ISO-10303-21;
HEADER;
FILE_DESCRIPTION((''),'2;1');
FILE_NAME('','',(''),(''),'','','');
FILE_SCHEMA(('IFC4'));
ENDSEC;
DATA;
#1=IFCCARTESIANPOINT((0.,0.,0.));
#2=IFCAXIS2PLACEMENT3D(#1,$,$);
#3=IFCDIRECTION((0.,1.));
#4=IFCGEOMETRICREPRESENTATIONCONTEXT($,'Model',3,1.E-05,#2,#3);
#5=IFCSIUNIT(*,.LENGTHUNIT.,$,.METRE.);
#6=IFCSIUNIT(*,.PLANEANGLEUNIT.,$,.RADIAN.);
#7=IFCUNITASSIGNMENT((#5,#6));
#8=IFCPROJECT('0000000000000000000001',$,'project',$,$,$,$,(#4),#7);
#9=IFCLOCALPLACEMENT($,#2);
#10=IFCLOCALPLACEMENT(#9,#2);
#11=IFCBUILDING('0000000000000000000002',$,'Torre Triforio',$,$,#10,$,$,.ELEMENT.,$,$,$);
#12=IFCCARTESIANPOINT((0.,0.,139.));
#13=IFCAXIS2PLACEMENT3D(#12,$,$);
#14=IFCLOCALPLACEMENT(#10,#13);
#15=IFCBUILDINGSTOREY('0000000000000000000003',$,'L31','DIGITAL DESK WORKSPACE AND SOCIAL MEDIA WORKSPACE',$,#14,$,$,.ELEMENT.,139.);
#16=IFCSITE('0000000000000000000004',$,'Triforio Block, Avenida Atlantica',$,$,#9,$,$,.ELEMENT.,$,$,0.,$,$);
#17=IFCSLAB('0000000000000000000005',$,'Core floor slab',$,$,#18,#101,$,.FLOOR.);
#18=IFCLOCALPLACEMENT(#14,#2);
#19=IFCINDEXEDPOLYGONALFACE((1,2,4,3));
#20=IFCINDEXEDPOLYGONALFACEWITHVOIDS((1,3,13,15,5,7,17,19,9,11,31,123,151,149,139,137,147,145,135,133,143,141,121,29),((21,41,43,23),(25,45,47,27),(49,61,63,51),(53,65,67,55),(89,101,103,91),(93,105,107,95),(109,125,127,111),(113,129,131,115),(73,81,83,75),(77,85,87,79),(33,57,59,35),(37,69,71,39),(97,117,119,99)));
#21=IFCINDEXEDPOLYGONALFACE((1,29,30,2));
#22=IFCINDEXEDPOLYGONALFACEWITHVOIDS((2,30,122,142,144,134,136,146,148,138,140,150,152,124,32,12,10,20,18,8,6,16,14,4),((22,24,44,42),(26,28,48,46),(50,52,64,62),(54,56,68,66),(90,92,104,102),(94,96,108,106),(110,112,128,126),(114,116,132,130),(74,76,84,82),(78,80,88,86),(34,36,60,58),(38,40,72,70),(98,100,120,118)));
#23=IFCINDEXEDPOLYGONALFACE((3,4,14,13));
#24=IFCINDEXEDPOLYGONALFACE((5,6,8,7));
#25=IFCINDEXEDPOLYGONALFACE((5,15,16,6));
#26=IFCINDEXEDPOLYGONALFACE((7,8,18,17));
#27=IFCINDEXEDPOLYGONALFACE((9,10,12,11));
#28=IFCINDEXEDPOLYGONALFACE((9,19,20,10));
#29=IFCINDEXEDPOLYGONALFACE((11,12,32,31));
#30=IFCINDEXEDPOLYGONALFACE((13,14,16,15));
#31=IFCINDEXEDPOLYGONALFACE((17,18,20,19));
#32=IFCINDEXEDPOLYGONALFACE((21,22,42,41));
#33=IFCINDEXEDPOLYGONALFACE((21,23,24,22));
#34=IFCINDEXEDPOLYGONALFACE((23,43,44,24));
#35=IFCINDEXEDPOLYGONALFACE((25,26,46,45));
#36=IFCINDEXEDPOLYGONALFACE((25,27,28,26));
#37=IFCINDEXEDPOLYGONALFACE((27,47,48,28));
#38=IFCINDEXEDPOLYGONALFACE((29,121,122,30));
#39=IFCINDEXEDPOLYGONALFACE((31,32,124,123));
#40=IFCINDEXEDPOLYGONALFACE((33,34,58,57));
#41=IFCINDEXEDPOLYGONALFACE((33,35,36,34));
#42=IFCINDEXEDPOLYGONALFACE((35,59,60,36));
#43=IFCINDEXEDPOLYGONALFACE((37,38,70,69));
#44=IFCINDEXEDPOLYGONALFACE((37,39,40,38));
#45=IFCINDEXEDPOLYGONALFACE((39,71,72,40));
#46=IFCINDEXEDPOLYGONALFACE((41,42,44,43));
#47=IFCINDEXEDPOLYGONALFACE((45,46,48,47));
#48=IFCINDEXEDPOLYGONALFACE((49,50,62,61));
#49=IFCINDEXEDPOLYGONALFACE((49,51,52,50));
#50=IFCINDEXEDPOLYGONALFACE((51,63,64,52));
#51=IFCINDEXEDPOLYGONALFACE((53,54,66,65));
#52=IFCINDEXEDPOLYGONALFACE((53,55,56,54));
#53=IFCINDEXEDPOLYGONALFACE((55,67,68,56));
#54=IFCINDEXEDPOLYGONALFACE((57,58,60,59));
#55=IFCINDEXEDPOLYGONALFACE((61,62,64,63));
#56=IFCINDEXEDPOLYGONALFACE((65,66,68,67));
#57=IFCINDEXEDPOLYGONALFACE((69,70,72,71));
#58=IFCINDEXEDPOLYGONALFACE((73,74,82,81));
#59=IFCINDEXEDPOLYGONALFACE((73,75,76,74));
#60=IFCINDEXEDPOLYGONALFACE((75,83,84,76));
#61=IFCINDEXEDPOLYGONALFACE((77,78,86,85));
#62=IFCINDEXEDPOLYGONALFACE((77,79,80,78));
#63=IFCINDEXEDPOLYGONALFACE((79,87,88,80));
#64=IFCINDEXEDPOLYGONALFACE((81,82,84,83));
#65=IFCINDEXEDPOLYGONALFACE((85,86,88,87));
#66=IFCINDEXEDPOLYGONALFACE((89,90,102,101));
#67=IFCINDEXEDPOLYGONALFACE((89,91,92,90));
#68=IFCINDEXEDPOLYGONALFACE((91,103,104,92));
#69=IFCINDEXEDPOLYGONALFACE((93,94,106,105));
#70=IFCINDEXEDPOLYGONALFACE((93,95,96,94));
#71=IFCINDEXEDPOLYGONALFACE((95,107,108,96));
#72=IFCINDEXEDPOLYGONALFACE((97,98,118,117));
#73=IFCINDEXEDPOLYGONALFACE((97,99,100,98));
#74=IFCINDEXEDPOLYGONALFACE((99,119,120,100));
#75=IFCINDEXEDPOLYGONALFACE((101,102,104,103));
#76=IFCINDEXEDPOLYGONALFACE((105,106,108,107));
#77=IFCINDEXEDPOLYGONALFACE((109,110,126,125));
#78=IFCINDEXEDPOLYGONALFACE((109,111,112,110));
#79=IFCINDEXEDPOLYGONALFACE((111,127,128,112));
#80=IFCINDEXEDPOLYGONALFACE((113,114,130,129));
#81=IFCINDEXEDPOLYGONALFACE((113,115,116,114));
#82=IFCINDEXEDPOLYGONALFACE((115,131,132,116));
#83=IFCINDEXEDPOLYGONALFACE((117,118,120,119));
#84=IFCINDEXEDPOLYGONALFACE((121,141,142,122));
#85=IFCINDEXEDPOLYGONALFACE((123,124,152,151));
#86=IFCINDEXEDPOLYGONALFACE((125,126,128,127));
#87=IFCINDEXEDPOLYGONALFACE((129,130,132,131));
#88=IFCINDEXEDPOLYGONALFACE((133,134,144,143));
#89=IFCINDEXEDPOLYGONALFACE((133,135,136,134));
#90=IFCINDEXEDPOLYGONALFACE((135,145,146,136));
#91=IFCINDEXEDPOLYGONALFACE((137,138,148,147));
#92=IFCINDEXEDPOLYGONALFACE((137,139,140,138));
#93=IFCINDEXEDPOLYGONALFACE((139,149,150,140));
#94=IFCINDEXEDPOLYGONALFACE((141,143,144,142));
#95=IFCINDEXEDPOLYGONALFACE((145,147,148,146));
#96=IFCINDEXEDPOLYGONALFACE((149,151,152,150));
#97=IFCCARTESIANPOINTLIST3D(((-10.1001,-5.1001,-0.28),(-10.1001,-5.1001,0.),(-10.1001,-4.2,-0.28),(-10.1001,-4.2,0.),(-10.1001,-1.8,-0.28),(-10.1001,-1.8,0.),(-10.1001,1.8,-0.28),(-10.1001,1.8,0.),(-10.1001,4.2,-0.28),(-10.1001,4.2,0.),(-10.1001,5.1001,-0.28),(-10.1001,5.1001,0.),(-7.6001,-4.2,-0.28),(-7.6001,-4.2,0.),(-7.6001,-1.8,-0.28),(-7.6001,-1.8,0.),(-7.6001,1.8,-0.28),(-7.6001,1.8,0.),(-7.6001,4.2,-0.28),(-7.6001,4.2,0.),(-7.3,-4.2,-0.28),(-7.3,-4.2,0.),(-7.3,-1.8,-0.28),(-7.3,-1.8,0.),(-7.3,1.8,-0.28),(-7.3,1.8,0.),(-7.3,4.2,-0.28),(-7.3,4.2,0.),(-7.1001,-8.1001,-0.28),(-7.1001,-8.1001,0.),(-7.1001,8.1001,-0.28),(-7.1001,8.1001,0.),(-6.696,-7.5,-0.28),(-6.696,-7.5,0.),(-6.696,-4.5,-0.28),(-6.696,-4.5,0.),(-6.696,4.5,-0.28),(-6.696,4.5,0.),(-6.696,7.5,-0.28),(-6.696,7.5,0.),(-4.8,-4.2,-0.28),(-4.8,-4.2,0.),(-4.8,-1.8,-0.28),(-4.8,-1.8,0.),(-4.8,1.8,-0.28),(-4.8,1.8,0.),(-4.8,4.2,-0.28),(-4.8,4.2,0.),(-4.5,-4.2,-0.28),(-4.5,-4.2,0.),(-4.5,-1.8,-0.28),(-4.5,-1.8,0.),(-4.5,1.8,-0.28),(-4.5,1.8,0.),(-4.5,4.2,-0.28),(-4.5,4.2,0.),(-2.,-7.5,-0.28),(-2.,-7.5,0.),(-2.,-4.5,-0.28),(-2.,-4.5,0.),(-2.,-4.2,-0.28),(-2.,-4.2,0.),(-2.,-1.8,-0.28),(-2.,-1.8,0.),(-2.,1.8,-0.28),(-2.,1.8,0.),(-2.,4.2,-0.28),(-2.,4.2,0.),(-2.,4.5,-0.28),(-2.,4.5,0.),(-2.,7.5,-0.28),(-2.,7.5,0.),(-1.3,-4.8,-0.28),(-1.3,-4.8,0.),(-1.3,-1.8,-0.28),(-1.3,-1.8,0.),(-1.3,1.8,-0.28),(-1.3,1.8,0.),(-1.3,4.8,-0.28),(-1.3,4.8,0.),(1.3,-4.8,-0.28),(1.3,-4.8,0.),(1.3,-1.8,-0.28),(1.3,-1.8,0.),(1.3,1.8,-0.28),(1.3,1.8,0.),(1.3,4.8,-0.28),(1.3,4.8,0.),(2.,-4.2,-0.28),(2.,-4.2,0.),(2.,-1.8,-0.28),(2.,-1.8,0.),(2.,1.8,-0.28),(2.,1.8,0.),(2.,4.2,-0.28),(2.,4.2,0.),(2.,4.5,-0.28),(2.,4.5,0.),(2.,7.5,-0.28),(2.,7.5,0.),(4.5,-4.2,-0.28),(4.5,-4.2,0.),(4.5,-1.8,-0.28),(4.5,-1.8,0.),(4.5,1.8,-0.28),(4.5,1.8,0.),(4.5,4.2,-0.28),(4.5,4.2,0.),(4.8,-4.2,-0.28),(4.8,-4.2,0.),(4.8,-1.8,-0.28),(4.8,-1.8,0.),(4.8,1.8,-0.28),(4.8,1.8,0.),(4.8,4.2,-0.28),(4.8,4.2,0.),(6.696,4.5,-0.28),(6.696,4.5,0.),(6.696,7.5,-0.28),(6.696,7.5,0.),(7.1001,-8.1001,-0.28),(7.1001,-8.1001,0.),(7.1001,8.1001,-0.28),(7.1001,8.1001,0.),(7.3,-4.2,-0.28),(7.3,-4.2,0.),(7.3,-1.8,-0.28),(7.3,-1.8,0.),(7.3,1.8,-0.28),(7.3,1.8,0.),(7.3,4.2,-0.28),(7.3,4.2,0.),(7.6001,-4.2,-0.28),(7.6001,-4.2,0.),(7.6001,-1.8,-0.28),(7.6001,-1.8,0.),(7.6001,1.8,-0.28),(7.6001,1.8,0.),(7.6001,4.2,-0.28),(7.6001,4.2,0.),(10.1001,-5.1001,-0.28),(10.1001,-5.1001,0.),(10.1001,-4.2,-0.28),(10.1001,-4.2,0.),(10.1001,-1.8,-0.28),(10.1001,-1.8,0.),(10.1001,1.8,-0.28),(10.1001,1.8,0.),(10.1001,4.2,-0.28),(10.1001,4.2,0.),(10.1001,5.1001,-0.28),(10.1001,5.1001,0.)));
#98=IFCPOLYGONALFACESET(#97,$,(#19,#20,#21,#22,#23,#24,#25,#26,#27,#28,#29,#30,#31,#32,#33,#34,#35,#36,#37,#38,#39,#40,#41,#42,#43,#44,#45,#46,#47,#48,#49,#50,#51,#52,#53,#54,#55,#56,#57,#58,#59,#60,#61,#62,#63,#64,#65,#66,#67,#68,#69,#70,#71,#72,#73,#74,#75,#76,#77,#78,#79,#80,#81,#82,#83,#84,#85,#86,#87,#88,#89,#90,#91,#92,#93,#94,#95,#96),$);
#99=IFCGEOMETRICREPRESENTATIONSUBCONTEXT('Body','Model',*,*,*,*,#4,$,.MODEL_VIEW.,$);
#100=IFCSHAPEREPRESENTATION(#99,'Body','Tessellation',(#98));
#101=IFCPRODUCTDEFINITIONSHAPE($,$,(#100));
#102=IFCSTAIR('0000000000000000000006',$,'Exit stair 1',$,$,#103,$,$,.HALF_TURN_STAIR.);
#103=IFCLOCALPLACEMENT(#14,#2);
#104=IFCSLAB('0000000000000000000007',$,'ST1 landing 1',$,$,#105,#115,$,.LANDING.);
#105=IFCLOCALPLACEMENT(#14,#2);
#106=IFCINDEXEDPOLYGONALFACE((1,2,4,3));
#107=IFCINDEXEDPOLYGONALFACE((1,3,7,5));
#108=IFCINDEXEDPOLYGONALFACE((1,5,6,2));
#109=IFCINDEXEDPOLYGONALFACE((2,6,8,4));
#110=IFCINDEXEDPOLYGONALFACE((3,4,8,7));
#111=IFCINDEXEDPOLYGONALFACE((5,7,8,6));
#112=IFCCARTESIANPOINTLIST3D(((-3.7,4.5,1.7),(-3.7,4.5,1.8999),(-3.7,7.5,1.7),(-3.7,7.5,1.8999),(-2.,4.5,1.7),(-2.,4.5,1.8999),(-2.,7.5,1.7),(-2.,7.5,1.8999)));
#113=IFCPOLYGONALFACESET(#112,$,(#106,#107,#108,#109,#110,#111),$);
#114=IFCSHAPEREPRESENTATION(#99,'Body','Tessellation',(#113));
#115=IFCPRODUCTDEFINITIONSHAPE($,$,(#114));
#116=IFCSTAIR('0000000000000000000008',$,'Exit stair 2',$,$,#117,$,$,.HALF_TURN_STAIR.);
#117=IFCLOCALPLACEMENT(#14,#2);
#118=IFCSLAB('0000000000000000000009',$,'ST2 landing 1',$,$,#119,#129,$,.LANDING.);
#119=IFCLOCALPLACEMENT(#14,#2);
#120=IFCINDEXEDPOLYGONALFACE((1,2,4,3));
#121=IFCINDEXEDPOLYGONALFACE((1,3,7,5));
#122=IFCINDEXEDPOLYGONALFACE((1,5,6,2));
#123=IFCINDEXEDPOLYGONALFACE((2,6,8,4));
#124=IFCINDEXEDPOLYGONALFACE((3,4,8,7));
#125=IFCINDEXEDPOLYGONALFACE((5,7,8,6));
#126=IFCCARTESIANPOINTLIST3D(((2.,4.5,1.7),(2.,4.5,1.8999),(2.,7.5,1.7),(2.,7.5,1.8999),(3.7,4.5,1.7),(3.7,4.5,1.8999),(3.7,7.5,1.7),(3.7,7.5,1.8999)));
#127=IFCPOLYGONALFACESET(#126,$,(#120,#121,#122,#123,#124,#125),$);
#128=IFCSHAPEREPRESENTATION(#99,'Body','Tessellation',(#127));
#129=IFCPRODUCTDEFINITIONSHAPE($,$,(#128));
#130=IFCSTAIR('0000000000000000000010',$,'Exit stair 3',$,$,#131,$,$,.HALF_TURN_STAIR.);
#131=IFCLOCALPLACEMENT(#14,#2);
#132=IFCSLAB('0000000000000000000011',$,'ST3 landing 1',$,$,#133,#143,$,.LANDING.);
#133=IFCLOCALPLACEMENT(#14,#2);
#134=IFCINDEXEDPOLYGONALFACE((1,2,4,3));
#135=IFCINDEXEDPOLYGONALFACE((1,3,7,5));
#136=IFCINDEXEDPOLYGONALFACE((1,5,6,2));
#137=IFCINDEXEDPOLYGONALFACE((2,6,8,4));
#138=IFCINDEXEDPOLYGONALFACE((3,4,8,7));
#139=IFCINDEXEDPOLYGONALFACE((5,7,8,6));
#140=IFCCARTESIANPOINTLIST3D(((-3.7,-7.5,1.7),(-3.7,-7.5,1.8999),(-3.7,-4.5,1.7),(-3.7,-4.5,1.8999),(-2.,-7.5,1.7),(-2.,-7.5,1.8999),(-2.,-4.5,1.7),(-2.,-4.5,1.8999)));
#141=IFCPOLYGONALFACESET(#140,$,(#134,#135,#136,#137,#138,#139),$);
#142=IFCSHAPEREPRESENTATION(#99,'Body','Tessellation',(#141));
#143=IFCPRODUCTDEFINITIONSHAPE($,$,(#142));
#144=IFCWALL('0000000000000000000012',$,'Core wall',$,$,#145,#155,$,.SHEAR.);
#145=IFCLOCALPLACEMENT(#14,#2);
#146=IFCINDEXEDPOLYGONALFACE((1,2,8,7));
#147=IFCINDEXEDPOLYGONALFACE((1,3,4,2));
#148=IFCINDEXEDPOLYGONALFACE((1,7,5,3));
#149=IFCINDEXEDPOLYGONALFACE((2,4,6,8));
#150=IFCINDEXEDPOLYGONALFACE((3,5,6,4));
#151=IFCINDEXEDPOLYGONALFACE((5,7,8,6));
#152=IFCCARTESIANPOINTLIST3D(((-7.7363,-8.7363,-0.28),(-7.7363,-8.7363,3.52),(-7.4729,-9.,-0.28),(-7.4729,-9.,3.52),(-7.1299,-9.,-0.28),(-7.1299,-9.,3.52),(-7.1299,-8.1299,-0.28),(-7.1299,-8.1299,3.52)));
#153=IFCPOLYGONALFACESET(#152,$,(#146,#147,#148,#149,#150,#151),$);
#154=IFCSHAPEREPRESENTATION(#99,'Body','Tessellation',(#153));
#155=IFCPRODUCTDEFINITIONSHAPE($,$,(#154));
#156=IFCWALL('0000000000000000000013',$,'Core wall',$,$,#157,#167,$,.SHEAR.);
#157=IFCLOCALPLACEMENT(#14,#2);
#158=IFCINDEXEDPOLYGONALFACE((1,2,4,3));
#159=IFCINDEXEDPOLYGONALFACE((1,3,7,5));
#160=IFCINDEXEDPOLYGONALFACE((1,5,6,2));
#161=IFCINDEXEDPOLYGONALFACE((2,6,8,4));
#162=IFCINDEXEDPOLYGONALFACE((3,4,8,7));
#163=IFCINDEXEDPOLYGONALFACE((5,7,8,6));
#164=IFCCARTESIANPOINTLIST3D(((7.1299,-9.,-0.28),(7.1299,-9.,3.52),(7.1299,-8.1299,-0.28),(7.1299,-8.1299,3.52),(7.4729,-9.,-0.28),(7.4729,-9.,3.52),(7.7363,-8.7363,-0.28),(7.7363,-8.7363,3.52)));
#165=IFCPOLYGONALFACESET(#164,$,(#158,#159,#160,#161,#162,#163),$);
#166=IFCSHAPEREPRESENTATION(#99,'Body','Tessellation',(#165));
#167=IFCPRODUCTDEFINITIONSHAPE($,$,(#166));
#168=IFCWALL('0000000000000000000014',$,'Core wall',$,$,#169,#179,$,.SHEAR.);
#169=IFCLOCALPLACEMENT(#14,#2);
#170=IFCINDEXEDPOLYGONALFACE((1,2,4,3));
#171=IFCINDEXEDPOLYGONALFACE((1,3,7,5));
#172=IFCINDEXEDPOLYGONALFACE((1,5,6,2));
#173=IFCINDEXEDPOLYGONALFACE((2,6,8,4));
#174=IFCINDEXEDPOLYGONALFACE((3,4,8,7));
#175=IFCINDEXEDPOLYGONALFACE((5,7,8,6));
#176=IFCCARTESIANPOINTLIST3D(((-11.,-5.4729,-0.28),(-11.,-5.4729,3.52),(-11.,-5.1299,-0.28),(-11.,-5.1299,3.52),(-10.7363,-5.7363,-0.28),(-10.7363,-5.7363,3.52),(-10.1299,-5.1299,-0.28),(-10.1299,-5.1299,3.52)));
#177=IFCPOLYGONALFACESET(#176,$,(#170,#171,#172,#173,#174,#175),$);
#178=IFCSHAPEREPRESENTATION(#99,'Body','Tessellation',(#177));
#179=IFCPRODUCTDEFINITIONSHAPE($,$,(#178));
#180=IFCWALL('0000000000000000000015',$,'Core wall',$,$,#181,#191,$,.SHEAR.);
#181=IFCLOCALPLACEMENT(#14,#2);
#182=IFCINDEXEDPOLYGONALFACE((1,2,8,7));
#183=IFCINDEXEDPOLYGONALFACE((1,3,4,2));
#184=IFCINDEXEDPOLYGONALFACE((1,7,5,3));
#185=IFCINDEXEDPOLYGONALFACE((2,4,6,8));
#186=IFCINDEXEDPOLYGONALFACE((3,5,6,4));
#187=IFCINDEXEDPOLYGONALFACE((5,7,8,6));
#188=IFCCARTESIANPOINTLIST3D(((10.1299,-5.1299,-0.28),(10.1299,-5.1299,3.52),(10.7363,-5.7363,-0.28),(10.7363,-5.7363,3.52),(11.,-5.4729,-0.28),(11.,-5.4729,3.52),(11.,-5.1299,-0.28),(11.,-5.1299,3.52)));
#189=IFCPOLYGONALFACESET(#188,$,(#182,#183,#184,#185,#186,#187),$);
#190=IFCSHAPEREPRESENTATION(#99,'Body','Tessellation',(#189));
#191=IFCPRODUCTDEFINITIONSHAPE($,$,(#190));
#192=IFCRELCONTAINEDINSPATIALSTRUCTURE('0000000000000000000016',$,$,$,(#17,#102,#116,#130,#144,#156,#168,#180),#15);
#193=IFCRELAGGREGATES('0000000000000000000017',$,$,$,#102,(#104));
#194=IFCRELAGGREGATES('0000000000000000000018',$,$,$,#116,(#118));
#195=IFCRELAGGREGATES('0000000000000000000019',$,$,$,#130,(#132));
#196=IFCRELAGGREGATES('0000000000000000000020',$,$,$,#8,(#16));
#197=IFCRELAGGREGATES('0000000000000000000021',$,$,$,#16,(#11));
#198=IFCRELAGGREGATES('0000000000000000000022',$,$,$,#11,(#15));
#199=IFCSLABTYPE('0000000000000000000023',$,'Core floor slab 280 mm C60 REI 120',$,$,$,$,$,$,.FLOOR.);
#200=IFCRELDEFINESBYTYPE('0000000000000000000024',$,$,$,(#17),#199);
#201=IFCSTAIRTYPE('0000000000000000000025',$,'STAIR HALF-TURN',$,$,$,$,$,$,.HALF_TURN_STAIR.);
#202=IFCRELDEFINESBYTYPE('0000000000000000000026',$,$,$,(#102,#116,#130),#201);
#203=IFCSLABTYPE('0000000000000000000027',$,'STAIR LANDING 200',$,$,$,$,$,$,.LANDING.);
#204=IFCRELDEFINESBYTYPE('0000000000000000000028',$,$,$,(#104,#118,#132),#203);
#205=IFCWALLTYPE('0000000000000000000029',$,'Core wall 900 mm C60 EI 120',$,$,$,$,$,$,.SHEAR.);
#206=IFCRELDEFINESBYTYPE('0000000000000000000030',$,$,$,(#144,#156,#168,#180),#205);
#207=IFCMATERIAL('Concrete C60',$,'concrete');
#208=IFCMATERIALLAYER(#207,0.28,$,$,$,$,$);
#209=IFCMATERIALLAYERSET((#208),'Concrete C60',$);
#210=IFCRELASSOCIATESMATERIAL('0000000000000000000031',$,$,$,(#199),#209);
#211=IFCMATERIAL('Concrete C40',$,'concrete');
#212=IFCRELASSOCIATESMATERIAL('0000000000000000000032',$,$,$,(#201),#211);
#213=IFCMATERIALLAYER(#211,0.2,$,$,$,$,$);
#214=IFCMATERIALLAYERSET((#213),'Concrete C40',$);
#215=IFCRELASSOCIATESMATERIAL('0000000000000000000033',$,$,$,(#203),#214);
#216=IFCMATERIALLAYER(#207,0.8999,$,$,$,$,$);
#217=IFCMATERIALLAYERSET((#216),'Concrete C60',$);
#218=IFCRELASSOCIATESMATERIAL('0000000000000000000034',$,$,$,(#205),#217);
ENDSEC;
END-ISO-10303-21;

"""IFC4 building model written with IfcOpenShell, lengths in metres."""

from ifc_helpers import new_model, si_unit, direction, frame, origin, place, context, subcontext, project, spatial, polyline, outline, extrude, material, layer, layer_set, type_object, element, aggregate, save


model = new_model("IFC4")

# Units and contexts
model_context = context("Model", 3, precision=1e-05, world=origin(), true_north=direction((0.0, 1.0)))
body_context = subcontext(model_context, "Body", "Model", "MODEL_VIEW")
ifc_project = project(units=[si_unit("LENGTHUNIT", "METRE"), si_unit("PLANEANGLEUNIT", "RADIAN")], contexts=[model_context])

# Site, building, storey
site_placement = place(None, origin())
site = spatial("IfcSite", under=ifc_project, at=site_placement, Name="Triforio Block, Avenida Atlantica", CompositionType="ELEMENT", RefElevation=0.0)
building_placement = place(site_placement, origin())
building = spatial("IfcBuilding", under=site, at=building_placement, Name="Torre Triforio", CompositionType="ELEMENT")
storey_placement = place(building_placement, frame((0.0, 0.0, 139.0)))
storey = spatial("IfcBuildingStorey", under=building, at=storey_placement, Name="L31", Description="DIGITAL DESK WORKSPACE AND SOCIAL MEDIA WORKSPACE", CompositionType="ELEMENT", Elevation=139.0)

# Slab
ifc_material_1 = material(Name="Concrete C60", Category="concrete")
ifc_layer_1 = layer(ifc_material_1, 0.28)
ifc_layer_set_1 = layer_set([ifc_layer_1], Name="Concrete C60")
slab_type_1 = type_object("IfcSlabType", Name="Core floor slab 280 mm C60 REI 120", PredefinedType="FLOOR", material=ifc_layer_set_1)
slab_1_placement = place(storey_placement, frame((0.0, 0.0, -0.28)))
element("IfcSlab", 1, at=slab_1_placement, inside=storey, type_object=slab_type_1, Name="Core floor slab", PredefinedType="FLOOR", context=body_context, shape_type="SweptSolid", body=[
    extrude(outline(polyline([(10.1001, -5.1001), (7.1001, -8.1001), (-7.1001, -8.1001), (-10.1001, -5.1001), (-10.1001, -4.2), (-7.6001, -4.2), (-7.6001, -1.8), (-10.1001, -1.8), (-10.1001, 1.8), (-7.6001, 1.8), (-7.6001, 4.2), (-10.1001, 4.2), (-10.1001, 5.1001), (-7.1001, 8.1001), (7.1001, 8.1001), (10.1001, 5.1001), (10.1001, 4.2), (7.6001, 4.2), (7.6001, 1.8), (10.1001, 1.8), (10.1001, -1.8), (7.6001, -1.8), (7.6001, -4.2), (10.1001, -4.2), (10.1001, -5.1001)]), holes=[polyline([(-2.0, -4.5), (-6.696, -4.5), (-6.696, -7.5), (-2.0, -7.5), (-2.0, -4.5)]), polyline([(-4.8, -1.8), (-7.3, -1.8), (-7.3, -4.2), (-4.8, -4.2), (-4.8, -1.8)]), polyline([(-2.0, -1.8), (-4.5, -1.8), (-4.5, -4.2), (-2.0, -4.2), (-2.0, -1.8)]), polyline([(-4.8, 4.2), (-7.3, 4.2), (-7.3, 1.8), (-4.8, 1.8), (-4.8, 4.2)]), polyline([(-2.0, 4.2), (-4.5, 4.2), (-4.5, 1.8), (-2.0, 1.8), (-2.0, 4.2)]), polyline([(1.3, 4.8), (-1.3, 4.8), (-1.3, 1.8), (1.3, 1.8), (1.3, 4.8)]), polyline([(-2.0, 7.5), (-6.696, 7.5), (-6.696, 4.5), (-2.0, 4.5), (-2.0, 7.5)]), polyline([(1.3, -1.8), (-1.3, -1.8), (-1.3, -4.8), (1.3, -4.8), (1.3, -1.8)]), polyline([(4.5, -1.8), (2.0, -1.8), (2.0, -4.2), (4.5, -4.2), (4.5, -1.8)]), polyline([(7.3, -1.8), (4.8, -1.8), (4.8, -4.2), (7.3, -4.2), (7.3, -1.8)]), polyline([(4.5, 4.2), (2.0, 4.2), (2.0, 1.8), (4.5, 1.8), (4.5, 4.2)]), polyline([(7.3, 4.2), (4.8, 4.2), (4.8, 1.8), (7.3, 1.8), (7.3, 4.2)]), polyline([(6.696, 4.5), (6.696, 7.5), (2.0, 7.5), (2.0, 4.5), (6.696, 4.5)])]), origin(), (0.0, 0.0, 1.0), 0.28),
])

# Stairs, slabs
ifc_material_2 = material(Name="Concrete C40", Category="concrete")
stair_type = type_object("IfcStairType", Name="STAIR HALF-TURN", PredefinedType="HALF_TURN_STAIR", material=ifc_material_2)
stair_1_placement = place(storey_placement, origin())
stair_1 = element("IfcStair", 2, at=stair_1_placement, inside=storey, type_object=stair_type, Name="Exit stair 1", PredefinedType="HALF_TURN_STAIR")
ifc_layer_2 = layer(ifc_material_2, 0.2)
ifc_layer_set_2 = layer_set([ifc_layer_2], Name="Concrete C40")
slab_type_2 = type_object("IfcSlabType", Name="STAIR LANDING 200", PredefinedType="LANDING", material=ifc_layer_set_2)
slab_2_placement = place(storey_placement, frame((0.0, 0.0, 1.7)))
slab_2 = element("IfcSlab", 3, at=slab_2_placement, type_object=slab_type_2, Name="ST1 landing 1", PredefinedType="LANDING", context=body_context, shape_type="SweptSolid", body=[
    extrude(outline(polyline([(-2.0, 4.5), (-2.0, 7.5), (-3.7, 7.5), (-3.7, 4.5), (-2.0, 4.5)])), origin(), (0.0, 0.0, 1.0), 0.2),
])
aggregate(stair_1, [slab_2])
stair_2_placement = place(storey_placement, origin())
stair_2 = element("IfcStair", 4, at=stair_2_placement, inside=storey, type_object=stair_type, Name="Exit stair 2", PredefinedType="HALF_TURN_STAIR")
slab_3_placement = place(storey_placement, frame((0.0, 0.0, 1.7)))
slab_3 = element("IfcSlab", 5, at=slab_3_placement, type_object=slab_type_2, Name="ST2 landing 1", PredefinedType="LANDING", context=body_context, shape_type="SweptSolid", body=[
    extrude(outline(polyline([(3.7, 4.5), (3.7, 7.5), (2.0, 7.5), (2.0, 4.5), (3.7, 4.5)])), origin(), (0.0, 0.0, 1.0), 0.2),
])
aggregate(stair_2, [slab_3])
stair_3_placement = place(storey_placement, origin())
stair_3 = element("IfcStair", 6, at=stair_3_placement, inside=storey, type_object=stair_type, Name="Exit stair 3", PredefinedType="HALF_TURN_STAIR")
slab_4_placement = place(storey_placement, frame((0.0, 0.0, 1.7)))
slab_4 = element("IfcSlab", 7, at=slab_4_placement, type_object=slab_type_2, Name="ST3 landing 1", PredefinedType="LANDING", context=body_context, shape_type="SweptSolid", body=[
    extrude(outline(polyline([(-2.0, -7.5), (-2.0, -4.5), (-3.7, -4.5), (-3.7, -7.5), (-2.0, -7.5)])), origin(), (0.0, 0.0, 1.0), 0.2),
])
aggregate(stair_3, [slab_4])

# Walls
ifc_layer_3 = layer(ifc_material_1, 0.8999)
ifc_layer_set_3 = layer_set([ifc_layer_3], Name="Concrete C60")
wall_type_1 = type_object("IfcWallType", Name="Core wall 900 mm C60 EI 120", PredefinedType="SHEAR", material=ifc_layer_set_3)
wall_1_placement = place(storey_placement, frame((0.0, 0.0, -0.28)))
element("IfcWall", 8, at=wall_1_placement, inside=storey, type_object=wall_type_1, Name="Core wall", PredefinedType="SHEAR", context=body_context, shape_type="SweptSolid", body=[
    extrude(outline(polyline([(-7.4729, -9.0), (-7.7363, -8.7363), (-7.1299, -8.1299), (-7.1299, -9.0), (-7.4729, -9.0)])), origin(), (0.0, 0.0, 1.0), 3.8),
])
wall_2_placement = place(storey_placement, frame((0.0, 0.0, -0.28)))
element("IfcWall", 9, at=wall_2_placement, inside=storey, type_object=wall_type_1, Name="Core wall", PredefinedType="SHEAR", context=body_context, shape_type="SweptSolid", body=[
    extrude(outline(polyline([(7.4729, -9.0), (7.1299, -9.0), (7.1299, -8.1299), (7.7363, -8.7363), (7.4729, -9.0)])), origin(), (0.0, 0.0, 1.0), 3.8),
])
wall_3_placement = place(storey_placement, frame((0.0, 0.0, -0.28)))
element("IfcWall", 10, at=wall_3_placement, inside=storey, type_object=wall_type_1, Name="Core wall", PredefinedType="SHEAR", context=body_context, shape_type="SweptSolid", body=[
    extrude(outline(polyline([(-11.0, -5.4729), (-11.0, -5.1299), (-10.1299, -5.1299), (-10.7363, -5.7363), (-11.0, -5.4729)])), origin(), (0.0, 0.0, 1.0), 3.8),
])
wall_4_placement = place(storey_placement, frame((0.0, 0.0, -0.28)))
element("IfcWall", 11, at=wall_4_placement, inside=storey, type_object=wall_type_1, Name="Core wall", PredefinedType="SHEAR", context=body_context, shape_type="SweptSolid", body=[
    extrude(outline(polyline([(11.0, -5.4729), (10.7363, -5.7363), (10.1299, -5.1299), (11.0, -5.1299), (11.0, -5.4729)])), origin(), (0.0, 0.0, 1.0), 3.8),
])

save(model, "model.ifc")
